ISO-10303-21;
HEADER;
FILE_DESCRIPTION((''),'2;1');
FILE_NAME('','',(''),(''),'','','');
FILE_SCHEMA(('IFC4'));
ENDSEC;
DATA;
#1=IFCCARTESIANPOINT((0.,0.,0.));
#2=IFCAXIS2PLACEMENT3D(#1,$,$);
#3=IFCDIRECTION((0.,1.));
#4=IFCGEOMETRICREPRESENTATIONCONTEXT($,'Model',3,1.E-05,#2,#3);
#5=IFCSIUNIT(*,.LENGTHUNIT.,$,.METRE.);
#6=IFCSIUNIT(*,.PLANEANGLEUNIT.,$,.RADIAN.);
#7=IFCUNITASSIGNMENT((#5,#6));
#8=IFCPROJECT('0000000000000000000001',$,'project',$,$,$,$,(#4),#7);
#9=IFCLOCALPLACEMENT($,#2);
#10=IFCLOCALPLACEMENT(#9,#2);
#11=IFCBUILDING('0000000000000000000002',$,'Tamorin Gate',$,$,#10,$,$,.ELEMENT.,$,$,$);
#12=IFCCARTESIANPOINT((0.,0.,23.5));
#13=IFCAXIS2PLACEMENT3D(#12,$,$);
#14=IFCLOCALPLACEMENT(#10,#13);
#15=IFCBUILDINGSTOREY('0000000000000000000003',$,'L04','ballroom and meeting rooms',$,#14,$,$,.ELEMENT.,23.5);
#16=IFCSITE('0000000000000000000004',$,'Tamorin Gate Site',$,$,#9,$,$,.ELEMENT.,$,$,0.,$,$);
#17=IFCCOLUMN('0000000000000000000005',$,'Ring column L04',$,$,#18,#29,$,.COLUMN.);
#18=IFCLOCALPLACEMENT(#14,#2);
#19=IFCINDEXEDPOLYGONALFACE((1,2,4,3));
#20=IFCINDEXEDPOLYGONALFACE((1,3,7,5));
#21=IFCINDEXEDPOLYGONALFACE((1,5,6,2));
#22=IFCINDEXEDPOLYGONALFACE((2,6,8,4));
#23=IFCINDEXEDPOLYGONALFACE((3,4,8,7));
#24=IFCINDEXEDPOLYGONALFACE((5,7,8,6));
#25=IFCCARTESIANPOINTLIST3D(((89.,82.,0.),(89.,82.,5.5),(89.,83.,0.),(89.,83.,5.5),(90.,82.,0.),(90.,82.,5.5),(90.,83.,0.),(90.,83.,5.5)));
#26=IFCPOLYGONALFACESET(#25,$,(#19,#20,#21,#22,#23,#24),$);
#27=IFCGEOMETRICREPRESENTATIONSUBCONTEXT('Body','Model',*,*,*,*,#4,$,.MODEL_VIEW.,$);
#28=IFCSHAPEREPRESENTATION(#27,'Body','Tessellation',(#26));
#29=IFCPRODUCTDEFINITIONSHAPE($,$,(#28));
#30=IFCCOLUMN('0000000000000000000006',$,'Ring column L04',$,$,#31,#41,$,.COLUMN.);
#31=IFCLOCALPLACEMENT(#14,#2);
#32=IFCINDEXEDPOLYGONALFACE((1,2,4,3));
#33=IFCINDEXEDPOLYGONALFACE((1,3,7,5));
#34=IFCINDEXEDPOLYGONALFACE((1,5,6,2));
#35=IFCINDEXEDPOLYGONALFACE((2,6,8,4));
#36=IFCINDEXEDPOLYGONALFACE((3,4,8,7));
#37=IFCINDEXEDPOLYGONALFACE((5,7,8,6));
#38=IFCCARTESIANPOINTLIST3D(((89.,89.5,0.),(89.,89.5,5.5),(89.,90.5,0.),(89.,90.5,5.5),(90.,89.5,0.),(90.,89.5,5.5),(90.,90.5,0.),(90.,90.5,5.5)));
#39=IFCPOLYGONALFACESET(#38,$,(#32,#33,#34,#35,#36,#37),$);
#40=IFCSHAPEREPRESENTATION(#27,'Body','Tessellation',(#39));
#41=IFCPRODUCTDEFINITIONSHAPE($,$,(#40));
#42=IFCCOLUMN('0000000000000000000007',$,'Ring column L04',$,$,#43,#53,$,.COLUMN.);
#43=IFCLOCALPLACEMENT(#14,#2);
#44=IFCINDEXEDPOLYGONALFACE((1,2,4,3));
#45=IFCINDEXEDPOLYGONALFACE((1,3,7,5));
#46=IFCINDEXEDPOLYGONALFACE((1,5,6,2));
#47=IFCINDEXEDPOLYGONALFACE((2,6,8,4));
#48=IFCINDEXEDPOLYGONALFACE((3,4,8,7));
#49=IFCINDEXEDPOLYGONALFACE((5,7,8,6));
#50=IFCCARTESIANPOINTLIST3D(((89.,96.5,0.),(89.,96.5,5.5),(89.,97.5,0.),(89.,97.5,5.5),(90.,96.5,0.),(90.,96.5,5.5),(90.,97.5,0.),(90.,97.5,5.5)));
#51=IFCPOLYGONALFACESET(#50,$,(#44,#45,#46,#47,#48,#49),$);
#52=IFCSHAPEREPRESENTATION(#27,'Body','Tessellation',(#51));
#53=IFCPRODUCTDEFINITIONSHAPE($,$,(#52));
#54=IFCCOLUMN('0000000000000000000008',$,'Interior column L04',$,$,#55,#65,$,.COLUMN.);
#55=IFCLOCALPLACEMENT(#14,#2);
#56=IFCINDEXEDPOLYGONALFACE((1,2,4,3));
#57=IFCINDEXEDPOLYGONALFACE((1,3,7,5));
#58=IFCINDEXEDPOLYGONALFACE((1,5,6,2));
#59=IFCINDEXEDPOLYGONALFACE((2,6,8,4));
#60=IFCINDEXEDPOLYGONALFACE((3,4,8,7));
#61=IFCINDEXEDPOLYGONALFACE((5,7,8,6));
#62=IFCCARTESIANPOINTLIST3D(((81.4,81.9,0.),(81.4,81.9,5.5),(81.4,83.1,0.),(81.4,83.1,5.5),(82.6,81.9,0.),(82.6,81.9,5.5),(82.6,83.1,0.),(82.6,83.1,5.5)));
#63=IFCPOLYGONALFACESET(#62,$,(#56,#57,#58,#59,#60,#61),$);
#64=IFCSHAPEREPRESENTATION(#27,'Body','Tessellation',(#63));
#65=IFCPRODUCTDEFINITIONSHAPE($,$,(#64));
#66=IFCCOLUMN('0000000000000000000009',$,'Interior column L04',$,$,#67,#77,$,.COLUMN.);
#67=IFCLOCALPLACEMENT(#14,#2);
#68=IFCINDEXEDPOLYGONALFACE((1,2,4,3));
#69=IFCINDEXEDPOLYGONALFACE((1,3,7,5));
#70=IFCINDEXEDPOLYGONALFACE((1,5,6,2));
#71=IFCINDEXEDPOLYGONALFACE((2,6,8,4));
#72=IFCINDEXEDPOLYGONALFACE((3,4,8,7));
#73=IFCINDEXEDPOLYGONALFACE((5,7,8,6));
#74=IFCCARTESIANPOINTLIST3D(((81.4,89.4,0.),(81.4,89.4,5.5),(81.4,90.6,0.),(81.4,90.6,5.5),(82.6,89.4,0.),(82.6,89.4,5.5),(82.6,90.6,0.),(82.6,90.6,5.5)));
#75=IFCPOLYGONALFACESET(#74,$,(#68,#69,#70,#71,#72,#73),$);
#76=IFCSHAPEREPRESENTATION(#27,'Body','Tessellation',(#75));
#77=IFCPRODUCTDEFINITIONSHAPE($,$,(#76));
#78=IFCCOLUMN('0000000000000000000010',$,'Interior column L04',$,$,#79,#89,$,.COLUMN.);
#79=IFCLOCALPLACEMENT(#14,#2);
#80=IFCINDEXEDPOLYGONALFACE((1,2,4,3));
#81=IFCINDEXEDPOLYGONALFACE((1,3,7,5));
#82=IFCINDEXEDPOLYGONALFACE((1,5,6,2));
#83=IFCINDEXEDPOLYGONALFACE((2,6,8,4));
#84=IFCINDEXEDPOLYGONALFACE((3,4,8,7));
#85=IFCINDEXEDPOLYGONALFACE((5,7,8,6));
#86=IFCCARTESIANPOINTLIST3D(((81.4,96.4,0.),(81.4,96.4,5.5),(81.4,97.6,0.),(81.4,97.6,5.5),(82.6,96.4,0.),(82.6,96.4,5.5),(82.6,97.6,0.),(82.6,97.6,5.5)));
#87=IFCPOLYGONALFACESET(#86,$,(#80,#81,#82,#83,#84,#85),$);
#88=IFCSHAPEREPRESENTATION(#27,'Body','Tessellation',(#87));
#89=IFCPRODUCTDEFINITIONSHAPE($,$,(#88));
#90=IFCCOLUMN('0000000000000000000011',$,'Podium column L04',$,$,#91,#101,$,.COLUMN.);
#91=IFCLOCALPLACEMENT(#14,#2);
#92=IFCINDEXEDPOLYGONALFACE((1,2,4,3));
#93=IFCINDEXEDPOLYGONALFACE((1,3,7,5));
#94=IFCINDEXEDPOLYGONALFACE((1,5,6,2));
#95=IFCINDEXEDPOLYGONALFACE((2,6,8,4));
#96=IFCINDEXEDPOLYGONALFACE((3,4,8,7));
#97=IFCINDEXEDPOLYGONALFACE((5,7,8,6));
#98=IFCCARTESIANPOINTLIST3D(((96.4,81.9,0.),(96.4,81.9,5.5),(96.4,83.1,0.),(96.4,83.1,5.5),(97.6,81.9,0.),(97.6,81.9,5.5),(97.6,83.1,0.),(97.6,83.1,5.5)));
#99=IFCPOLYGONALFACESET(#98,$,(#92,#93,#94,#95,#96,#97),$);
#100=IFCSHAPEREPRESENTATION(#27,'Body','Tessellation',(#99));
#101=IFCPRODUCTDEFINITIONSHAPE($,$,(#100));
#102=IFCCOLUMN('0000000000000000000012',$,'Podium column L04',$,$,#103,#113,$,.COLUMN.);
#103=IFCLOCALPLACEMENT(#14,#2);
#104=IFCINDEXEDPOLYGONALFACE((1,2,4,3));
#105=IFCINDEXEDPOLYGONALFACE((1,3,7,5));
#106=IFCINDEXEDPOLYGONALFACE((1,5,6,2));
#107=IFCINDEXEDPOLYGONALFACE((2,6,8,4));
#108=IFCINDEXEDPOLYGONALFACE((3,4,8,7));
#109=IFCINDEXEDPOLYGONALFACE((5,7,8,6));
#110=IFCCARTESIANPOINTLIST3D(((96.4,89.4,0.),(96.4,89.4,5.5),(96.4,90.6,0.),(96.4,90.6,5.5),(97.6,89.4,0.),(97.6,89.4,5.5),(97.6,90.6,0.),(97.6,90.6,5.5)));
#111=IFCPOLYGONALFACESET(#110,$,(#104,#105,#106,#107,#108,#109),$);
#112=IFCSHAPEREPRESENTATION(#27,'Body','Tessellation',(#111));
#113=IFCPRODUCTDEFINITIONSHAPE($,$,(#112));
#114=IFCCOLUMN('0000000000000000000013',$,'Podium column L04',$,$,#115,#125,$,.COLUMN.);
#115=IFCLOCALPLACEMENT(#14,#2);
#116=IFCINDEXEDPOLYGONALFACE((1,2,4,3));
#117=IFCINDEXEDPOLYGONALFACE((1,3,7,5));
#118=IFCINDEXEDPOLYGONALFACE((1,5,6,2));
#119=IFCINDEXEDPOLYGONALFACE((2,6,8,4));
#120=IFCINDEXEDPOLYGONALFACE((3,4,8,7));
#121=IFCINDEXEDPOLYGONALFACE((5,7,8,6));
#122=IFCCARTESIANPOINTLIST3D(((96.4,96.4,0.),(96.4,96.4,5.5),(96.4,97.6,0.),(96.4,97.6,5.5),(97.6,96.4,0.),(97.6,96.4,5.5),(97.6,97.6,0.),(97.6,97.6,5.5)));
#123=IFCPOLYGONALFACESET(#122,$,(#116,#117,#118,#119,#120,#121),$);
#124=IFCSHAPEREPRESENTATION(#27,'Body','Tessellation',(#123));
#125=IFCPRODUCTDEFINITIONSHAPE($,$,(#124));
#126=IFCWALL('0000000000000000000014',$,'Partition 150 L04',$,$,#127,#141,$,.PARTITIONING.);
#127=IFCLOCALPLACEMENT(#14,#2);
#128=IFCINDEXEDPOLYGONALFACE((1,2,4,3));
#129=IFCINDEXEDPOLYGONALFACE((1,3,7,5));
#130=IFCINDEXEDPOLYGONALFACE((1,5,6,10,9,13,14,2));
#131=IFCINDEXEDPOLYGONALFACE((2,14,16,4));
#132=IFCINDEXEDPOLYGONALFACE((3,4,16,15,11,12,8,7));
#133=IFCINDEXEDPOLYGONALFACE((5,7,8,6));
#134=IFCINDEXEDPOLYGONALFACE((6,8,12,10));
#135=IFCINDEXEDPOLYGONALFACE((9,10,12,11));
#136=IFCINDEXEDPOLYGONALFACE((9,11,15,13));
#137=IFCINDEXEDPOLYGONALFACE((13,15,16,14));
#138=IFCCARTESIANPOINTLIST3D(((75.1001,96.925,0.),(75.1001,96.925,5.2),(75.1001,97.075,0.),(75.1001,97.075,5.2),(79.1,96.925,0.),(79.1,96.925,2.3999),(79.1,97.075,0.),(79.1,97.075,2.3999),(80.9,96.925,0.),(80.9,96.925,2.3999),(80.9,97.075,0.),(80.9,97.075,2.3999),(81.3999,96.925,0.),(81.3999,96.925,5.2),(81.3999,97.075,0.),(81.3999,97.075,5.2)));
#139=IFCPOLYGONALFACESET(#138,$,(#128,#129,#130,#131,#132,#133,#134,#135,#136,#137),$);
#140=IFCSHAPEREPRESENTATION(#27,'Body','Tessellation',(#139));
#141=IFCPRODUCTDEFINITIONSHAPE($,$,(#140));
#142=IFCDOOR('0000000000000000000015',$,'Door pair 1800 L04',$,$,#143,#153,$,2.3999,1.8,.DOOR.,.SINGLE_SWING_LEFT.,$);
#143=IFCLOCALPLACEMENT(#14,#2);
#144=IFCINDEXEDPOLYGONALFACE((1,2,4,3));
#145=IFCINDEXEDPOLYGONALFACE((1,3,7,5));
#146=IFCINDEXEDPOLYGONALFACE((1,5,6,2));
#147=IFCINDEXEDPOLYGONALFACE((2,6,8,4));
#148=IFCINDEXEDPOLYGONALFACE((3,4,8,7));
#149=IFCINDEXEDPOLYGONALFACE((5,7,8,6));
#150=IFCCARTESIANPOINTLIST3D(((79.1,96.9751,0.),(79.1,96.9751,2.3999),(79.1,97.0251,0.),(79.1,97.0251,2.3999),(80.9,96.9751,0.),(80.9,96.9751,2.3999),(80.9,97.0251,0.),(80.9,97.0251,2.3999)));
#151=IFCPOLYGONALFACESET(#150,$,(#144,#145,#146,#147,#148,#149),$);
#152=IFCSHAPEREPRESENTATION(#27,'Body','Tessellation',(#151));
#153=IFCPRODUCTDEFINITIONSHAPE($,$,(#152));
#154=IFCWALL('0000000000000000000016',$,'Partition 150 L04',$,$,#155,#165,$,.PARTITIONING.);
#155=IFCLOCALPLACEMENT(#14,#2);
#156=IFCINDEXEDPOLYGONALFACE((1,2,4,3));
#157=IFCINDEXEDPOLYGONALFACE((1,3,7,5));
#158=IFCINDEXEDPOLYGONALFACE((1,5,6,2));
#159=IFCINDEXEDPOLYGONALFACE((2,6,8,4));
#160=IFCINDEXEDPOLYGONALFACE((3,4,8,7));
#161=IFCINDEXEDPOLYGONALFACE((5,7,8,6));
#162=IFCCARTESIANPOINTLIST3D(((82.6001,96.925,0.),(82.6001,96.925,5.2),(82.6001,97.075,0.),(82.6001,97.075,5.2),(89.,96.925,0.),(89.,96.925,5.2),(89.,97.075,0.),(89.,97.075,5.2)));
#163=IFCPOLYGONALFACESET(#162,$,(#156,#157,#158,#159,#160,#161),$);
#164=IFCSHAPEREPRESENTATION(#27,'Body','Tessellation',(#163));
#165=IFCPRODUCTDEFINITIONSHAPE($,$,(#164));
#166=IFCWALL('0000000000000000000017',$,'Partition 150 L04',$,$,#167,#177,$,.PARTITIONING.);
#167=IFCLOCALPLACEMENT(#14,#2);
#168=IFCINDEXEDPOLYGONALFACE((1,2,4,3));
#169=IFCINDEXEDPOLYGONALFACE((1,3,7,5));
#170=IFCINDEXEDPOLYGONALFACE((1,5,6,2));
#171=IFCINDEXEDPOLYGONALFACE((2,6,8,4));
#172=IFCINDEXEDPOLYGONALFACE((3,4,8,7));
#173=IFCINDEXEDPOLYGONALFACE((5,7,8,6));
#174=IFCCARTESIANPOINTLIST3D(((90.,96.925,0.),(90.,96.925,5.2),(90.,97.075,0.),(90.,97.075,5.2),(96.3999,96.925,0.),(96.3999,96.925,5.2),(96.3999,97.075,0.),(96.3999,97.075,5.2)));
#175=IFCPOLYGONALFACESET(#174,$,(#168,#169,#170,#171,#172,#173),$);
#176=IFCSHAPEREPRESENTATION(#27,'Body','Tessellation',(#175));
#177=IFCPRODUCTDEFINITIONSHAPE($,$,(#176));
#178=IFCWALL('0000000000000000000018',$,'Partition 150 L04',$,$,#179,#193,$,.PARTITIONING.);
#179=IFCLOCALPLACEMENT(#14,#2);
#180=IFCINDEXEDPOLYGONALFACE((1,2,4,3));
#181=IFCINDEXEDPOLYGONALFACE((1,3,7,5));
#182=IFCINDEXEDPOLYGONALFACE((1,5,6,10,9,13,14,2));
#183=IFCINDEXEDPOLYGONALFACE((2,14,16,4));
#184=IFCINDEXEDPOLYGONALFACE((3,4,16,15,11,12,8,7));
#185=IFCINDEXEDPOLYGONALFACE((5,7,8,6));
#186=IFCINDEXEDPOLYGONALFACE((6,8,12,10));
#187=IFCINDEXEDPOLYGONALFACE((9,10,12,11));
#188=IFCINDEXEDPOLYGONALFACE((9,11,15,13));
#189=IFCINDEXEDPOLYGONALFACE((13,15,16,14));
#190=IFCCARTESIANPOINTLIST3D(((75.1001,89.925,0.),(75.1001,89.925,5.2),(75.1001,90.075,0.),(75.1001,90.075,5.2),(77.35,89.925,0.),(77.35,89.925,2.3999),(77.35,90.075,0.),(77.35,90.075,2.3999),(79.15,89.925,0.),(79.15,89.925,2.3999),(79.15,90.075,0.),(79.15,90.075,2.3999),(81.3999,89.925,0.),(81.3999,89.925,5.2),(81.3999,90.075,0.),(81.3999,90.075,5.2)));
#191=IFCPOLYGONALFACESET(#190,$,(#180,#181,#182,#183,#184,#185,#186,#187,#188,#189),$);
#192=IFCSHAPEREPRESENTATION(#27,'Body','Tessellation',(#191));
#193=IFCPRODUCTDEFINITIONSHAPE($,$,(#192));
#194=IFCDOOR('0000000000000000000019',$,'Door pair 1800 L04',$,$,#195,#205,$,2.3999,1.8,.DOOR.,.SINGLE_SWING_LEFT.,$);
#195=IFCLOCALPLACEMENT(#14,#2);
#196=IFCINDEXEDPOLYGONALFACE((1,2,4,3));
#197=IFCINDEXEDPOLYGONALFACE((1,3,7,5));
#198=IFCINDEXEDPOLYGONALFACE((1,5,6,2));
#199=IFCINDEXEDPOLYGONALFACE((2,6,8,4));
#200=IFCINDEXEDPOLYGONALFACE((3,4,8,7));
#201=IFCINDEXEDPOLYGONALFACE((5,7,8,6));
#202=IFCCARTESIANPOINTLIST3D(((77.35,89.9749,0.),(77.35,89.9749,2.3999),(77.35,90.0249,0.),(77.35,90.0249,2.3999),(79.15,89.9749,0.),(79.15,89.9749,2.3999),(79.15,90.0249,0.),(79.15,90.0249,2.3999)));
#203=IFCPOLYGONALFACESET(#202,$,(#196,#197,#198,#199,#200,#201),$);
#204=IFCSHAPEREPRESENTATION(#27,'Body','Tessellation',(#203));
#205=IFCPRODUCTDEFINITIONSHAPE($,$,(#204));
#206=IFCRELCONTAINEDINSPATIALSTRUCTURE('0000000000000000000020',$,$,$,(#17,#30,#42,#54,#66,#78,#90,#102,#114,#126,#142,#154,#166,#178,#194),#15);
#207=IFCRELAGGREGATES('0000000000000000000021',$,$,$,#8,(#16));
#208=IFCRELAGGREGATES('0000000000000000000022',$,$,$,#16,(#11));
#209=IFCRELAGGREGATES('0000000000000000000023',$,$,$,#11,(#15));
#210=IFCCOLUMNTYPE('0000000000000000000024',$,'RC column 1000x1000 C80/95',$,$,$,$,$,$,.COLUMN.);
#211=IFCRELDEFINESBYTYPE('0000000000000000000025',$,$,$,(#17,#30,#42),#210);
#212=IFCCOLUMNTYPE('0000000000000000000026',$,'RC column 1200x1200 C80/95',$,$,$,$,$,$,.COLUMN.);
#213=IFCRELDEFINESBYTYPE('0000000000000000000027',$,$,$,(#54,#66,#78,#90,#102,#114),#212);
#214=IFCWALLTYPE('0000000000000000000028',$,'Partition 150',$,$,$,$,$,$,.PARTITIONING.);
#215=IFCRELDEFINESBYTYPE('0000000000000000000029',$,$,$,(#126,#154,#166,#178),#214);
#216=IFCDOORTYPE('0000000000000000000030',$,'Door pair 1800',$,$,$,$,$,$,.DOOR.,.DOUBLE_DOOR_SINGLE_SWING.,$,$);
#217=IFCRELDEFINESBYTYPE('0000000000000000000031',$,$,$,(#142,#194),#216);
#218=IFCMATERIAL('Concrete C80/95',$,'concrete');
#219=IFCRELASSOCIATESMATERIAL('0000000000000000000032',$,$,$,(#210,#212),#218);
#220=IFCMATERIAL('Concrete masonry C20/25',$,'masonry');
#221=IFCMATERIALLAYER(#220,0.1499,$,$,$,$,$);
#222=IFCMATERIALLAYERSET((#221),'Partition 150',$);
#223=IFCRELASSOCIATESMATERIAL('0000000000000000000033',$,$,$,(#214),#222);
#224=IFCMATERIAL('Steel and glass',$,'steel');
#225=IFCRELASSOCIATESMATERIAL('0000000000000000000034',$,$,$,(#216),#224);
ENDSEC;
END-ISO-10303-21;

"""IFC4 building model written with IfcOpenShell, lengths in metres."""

from ifc_helpers import new_model, si_unit, direction, frame, frame_2d, origin, origin_2d, place, context, subcontext, project, spatial, rectangle, extrude, material, layer, layer_set, material_profile, profile_set, type_object, element, fill, save


model = new_model("IFC4")

# Units and contexts
model_context = context("Model", 3, precision=1e-05, world=origin(), true_north=direction((0.0, 1.0)))
body_context = subcontext(model_context, "Body", "Model", "MODEL_VIEW")
ifc_project = project(units=[si_unit("LENGTHUNIT", "METRE"), si_unit("PLANEANGLEUNIT", "RADIAN")], contexts=[model_context])

# Site, building, storey
site_placement = place(None, origin())
site = spatial("IfcSite", under=ifc_project, at=site_placement, Name="Tamorin Gate Site", CompositionType="ELEMENT", RefElevation=0.0)
building_placement = place(site_placement, origin())
building = spatial("IfcBuilding", under=site, at=building_placement, Name="Tamorin Gate", CompositionType="ELEMENT")
storey_placement = place(building_placement, frame((0.0, 0.0, 23.5)))
storey = spatial("IfcBuildingStorey", under=building, at=storey_placement, Name="L04", Description="ballroom and meeting rooms", CompositionType="ELEMENT", Elevation=23.5)

# Columns
ifc_material_1 = material(Name="Concrete C80/95", Category="concrete")
ifc_material_profile_1 = material_profile(ifc_material_1, rectangle(XDim=1.0, YDim=1.0, at=origin_2d()), Name="RC 1000x1000")
ifc_profile_set_1 = profile_set([ifc_material_profile_1], Name="Concrete C80/95")
column_type_1 = type_object("IfcColumnType", Name="RC column 1000x1000 C80/95", PredefinedType="COLUMN", material=ifc_profile_set_1)
for number, where, z_axis, x_axis, name in (
    (1, (89.5, 82.5, 0.0), (0.0, 0.0, 1.0), (1.0, 0.0, 0.0), "Ring column L04"),
    (2, (89.5, 90.0, 0.0), (0.0, 0.0, 1.0), (1.0, 0.0, 0.0), "Ring column L04"),
    (3, (89.5, 97.0, 0.0), (0.0, 0.0, 1.0), (1.0, 0.0, 0.0), "Ring column L04"),
):
    element("IfcColumn", number, at=place(storey_placement, frame(where, z_axis=z_axis, x_axis=x_axis)), inside=storey, type_object=column_type_1, Name=name, PredefinedType="COLUMN", context=body_context, shape_type="SweptSolid", body=[
        extrude(rectangle(XDim=1.0, YDim=1.0, at=origin_2d()), origin(), (0.0, 0.0, 1.0), 5.5),
    ])
ifc_material_profile_2 = material_profile(ifc_material_1, rectangle(XDim=1.2, YDim=1.2, at=origin_2d()), Name="RC 1200x1200")
ifc_profile_set_2 = profile_set([ifc_material_profile_2], Name="Concrete C80/95")
column_type_2 = type_object("IfcColumnType", Name="RC column 1200x1200 C80/95", PredefinedType="COLUMN", material=ifc_profile_set_2)
for number, where, z_axis, x_axis, name in (
    (4, (82.0, 82.5, 0.0), (0.0, 0.0, 1.0), (1.0, 0.0, 0.0), "Interior column L04"),
    (5, (82.0, 90.0, 0.0), (0.0, 0.0, 1.0), (1.0, 0.0, 0.0), "Interior column L04"),
    (6, (82.0, 97.0, 0.0), (0.0, 0.0, 1.0), (1.0, 0.0, 0.0), "Interior column L04"),
    (7, (97.0, 82.5, 0.0), (0.0, 0.0, 1.0), (1.0, 0.0, 0.0), "Podium column L04"),
    (8, (97.0, 90.0, 0.0), (0.0, 0.0, 1.0), (1.0, 0.0, 0.0), "Podium column L04"),
    (9, (97.0, 97.0, 0.0), (0.0, 0.0, 1.0), (1.0, 0.0, 0.0), "Podium column L04"),
):
    element("IfcColumn", number, at=place(storey_placement, frame(where, z_axis=z_axis, x_axis=x_axis)), inside=storey, type_object=column_type_2, Name=name, PredefinedType="COLUMN", context=body_context, shape_type="SweptSolid", body=[
        extrude(rectangle(XDim=1.2, YDim=1.2, at=origin_2d()), origin(), (0.0, 0.0, 1.0), 5.5),
    ])

# Wall, opening, door
ifc_material_2 = material(Name="Concrete masonry C20/25", Category="masonry")
ifc_layer_1 = layer(ifc_material_2, 0.1499)
ifc_layer_set_1 = layer_set([ifc_layer_1], Name="Partition 150")
wall_type_1 = type_object("IfcWallType", Name="Partition 150", PredefinedType="PARTITIONING", material=ifc_layer_set_1)
wall_1_placement = place(storey_placement, frame((81.3999, 97.0, 0.0), z_axis=(0.0, 0.0, 1.0), x_axis=(-1.0, 0.0, 0.0)))
wall_1 = element("IfcWall", 10, at=wall_1_placement, inside=storey, type_object=wall_type_1, Name="Partition 150 L04", PredefinedType="PARTITIONING", context=body_context, shape_type="SweptSolid", body=[
    extrude(rectangle(XDim=6.2998, YDim=0.1499, at=frame_2d((3.1499, 0.0))), origin(), (0.0, 0.0, 1.0), 5.2),
])
opening_1_placement = place(wall_1_placement, frame((0.5, 0.0, 0.0)))
opening_1 = element("IfcOpeningElement", 11, at=opening_1_placement, cuts=wall_1, PredefinedType="OPENING", context=body_context, shape_type="SweptSolid", body=[
    extrude(rectangle(XDim=1.8, YDim=2.3999, at=frame_2d((0.8999, 1.2))), frame((0.0, 0.085, 0.0), z_axis=(0.0, -1.0, 0.0), x_axis=(1.0, 0.0, 0.0)), (0.0, 0.0, 1.0), 0.1699),
])
ifc_material_3 = material(Name="Steel and glass", Category="steel")
door_type_1 = type_object("IfcDoorType", Name="Door pair 1800", OperationType="DOUBLE_DOOR_SINGLE_SWING", PredefinedType="DOOR", material=ifc_material_3)
door_1_placement = place(opening_1_placement, origin())
door_1 = element("IfcDoor", 12, at=door_1_placement, inside=storey, type_object=door_type_1, Name="Door pair 1800 L04", OperationType="SINGLE_SWING_LEFT", OverallHeight=2.3999, OverallWidth=1.8, PredefinedType="DOOR", context=body_context, shape_type="SweptSolid", body=[
    extrude(rectangle(XDim=1.8, YDim=2.3999, at=frame_2d((0.8999, 1.2))), frame((0.0, 0.0249, 0.0), z_axis=(0.0, -1.0, 0.0), x_axis=(1.0, 0.0, 0.0)), (0.0, 0.0, 1.0), 0.05),
])
fill(opening_1, door_1)

# Walls
for number, where, z_axis, x_axis, name in (
    (13, (82.6001, 97.0, 0.0), (0.0, 0.0, 1.0), (1.0, 0.0, 0.0), "Partition 150 L04"),
    (14, (90.0, 97.0, 0.0), (0.0, 0.0, 1.0), (1.0, 0.0, 0.0), "Partition 150 L04"),
):
    element("IfcWall", number, at=place(storey_placement, frame(where, z_axis=z_axis, x_axis=x_axis)), inside=storey, type_object=wall_type_1, Name=name, PredefinedType="PARTITIONING", context=body_context, shape_type="SweptSolid", body=[
        extrude(rectangle(XDim=6.3999, YDim=0.1499, at=frame_2d((3.2, 0.0))), origin(), (0.0, 0.0, 1.0), 5.2),
    ])

# Wall, opening, door
wall_2_placement = place(storey_placement, frame((75.1001, 90.0, 0.0), z_axis=(0.0, 0.0, 1.0), x_axis=(1.0, 0.0, 0.0)))
wall_2 = element("IfcWall", 15, at=wall_2_placement, inside=storey, type_object=wall_type_1, Name="Partition 150 L04", PredefinedType="PARTITIONING", context=body_context, shape_type="SweptSolid", body=[
    extrude(rectangle(XDim=6.2998, YDim=0.1499, at=frame_2d((3.1499, 0.0))), origin(), (0.0, 0.0, 1.0), 5.2),
])
opening_2_placement = place(wall_2_placement, frame((2.25, 0.0, 0.0)))
opening_2 = element("IfcOpeningElement", 16, at=opening_2_placement, cuts=wall_2, PredefinedType="OPENING", context=body_context, shape_type="SweptSolid", body=[
    extrude(rectangle(XDim=1.8, YDim=2.3999, at=frame_2d((0.8999, 1.2))), frame((0.0, 0.085, 0.0), z_axis=(0.0, -1.0, 0.0), x_axis=(1.0, 0.0, 0.0)), (0.0, 0.0, 1.0), 0.1699),
])
door_2_placement = place(opening_2_placement, origin())
door_2 = element("IfcDoor", 17, at=door_2_placement, inside=storey, type_object=door_type_1, Name="Door pair 1800 L04", OperationType="SINGLE_SWING_LEFT", OverallHeight=2.3999, OverallWidth=1.8, PredefinedType="DOOR", context=body_context, shape_type="SweptSolid", body=[
    extrude(rectangle(XDim=1.8, YDim=2.3999, at=frame_2d((0.8999, 1.2))), frame((0.0, 0.0249, 0.0), z_axis=(0.0, -1.0, 0.0), x_axis=(1.0, 0.0, 0.0)), (0.0, 0.0, 1.0), 0.05),
])
fill(opening_2, door_2)

save(model, "model.ifc")
